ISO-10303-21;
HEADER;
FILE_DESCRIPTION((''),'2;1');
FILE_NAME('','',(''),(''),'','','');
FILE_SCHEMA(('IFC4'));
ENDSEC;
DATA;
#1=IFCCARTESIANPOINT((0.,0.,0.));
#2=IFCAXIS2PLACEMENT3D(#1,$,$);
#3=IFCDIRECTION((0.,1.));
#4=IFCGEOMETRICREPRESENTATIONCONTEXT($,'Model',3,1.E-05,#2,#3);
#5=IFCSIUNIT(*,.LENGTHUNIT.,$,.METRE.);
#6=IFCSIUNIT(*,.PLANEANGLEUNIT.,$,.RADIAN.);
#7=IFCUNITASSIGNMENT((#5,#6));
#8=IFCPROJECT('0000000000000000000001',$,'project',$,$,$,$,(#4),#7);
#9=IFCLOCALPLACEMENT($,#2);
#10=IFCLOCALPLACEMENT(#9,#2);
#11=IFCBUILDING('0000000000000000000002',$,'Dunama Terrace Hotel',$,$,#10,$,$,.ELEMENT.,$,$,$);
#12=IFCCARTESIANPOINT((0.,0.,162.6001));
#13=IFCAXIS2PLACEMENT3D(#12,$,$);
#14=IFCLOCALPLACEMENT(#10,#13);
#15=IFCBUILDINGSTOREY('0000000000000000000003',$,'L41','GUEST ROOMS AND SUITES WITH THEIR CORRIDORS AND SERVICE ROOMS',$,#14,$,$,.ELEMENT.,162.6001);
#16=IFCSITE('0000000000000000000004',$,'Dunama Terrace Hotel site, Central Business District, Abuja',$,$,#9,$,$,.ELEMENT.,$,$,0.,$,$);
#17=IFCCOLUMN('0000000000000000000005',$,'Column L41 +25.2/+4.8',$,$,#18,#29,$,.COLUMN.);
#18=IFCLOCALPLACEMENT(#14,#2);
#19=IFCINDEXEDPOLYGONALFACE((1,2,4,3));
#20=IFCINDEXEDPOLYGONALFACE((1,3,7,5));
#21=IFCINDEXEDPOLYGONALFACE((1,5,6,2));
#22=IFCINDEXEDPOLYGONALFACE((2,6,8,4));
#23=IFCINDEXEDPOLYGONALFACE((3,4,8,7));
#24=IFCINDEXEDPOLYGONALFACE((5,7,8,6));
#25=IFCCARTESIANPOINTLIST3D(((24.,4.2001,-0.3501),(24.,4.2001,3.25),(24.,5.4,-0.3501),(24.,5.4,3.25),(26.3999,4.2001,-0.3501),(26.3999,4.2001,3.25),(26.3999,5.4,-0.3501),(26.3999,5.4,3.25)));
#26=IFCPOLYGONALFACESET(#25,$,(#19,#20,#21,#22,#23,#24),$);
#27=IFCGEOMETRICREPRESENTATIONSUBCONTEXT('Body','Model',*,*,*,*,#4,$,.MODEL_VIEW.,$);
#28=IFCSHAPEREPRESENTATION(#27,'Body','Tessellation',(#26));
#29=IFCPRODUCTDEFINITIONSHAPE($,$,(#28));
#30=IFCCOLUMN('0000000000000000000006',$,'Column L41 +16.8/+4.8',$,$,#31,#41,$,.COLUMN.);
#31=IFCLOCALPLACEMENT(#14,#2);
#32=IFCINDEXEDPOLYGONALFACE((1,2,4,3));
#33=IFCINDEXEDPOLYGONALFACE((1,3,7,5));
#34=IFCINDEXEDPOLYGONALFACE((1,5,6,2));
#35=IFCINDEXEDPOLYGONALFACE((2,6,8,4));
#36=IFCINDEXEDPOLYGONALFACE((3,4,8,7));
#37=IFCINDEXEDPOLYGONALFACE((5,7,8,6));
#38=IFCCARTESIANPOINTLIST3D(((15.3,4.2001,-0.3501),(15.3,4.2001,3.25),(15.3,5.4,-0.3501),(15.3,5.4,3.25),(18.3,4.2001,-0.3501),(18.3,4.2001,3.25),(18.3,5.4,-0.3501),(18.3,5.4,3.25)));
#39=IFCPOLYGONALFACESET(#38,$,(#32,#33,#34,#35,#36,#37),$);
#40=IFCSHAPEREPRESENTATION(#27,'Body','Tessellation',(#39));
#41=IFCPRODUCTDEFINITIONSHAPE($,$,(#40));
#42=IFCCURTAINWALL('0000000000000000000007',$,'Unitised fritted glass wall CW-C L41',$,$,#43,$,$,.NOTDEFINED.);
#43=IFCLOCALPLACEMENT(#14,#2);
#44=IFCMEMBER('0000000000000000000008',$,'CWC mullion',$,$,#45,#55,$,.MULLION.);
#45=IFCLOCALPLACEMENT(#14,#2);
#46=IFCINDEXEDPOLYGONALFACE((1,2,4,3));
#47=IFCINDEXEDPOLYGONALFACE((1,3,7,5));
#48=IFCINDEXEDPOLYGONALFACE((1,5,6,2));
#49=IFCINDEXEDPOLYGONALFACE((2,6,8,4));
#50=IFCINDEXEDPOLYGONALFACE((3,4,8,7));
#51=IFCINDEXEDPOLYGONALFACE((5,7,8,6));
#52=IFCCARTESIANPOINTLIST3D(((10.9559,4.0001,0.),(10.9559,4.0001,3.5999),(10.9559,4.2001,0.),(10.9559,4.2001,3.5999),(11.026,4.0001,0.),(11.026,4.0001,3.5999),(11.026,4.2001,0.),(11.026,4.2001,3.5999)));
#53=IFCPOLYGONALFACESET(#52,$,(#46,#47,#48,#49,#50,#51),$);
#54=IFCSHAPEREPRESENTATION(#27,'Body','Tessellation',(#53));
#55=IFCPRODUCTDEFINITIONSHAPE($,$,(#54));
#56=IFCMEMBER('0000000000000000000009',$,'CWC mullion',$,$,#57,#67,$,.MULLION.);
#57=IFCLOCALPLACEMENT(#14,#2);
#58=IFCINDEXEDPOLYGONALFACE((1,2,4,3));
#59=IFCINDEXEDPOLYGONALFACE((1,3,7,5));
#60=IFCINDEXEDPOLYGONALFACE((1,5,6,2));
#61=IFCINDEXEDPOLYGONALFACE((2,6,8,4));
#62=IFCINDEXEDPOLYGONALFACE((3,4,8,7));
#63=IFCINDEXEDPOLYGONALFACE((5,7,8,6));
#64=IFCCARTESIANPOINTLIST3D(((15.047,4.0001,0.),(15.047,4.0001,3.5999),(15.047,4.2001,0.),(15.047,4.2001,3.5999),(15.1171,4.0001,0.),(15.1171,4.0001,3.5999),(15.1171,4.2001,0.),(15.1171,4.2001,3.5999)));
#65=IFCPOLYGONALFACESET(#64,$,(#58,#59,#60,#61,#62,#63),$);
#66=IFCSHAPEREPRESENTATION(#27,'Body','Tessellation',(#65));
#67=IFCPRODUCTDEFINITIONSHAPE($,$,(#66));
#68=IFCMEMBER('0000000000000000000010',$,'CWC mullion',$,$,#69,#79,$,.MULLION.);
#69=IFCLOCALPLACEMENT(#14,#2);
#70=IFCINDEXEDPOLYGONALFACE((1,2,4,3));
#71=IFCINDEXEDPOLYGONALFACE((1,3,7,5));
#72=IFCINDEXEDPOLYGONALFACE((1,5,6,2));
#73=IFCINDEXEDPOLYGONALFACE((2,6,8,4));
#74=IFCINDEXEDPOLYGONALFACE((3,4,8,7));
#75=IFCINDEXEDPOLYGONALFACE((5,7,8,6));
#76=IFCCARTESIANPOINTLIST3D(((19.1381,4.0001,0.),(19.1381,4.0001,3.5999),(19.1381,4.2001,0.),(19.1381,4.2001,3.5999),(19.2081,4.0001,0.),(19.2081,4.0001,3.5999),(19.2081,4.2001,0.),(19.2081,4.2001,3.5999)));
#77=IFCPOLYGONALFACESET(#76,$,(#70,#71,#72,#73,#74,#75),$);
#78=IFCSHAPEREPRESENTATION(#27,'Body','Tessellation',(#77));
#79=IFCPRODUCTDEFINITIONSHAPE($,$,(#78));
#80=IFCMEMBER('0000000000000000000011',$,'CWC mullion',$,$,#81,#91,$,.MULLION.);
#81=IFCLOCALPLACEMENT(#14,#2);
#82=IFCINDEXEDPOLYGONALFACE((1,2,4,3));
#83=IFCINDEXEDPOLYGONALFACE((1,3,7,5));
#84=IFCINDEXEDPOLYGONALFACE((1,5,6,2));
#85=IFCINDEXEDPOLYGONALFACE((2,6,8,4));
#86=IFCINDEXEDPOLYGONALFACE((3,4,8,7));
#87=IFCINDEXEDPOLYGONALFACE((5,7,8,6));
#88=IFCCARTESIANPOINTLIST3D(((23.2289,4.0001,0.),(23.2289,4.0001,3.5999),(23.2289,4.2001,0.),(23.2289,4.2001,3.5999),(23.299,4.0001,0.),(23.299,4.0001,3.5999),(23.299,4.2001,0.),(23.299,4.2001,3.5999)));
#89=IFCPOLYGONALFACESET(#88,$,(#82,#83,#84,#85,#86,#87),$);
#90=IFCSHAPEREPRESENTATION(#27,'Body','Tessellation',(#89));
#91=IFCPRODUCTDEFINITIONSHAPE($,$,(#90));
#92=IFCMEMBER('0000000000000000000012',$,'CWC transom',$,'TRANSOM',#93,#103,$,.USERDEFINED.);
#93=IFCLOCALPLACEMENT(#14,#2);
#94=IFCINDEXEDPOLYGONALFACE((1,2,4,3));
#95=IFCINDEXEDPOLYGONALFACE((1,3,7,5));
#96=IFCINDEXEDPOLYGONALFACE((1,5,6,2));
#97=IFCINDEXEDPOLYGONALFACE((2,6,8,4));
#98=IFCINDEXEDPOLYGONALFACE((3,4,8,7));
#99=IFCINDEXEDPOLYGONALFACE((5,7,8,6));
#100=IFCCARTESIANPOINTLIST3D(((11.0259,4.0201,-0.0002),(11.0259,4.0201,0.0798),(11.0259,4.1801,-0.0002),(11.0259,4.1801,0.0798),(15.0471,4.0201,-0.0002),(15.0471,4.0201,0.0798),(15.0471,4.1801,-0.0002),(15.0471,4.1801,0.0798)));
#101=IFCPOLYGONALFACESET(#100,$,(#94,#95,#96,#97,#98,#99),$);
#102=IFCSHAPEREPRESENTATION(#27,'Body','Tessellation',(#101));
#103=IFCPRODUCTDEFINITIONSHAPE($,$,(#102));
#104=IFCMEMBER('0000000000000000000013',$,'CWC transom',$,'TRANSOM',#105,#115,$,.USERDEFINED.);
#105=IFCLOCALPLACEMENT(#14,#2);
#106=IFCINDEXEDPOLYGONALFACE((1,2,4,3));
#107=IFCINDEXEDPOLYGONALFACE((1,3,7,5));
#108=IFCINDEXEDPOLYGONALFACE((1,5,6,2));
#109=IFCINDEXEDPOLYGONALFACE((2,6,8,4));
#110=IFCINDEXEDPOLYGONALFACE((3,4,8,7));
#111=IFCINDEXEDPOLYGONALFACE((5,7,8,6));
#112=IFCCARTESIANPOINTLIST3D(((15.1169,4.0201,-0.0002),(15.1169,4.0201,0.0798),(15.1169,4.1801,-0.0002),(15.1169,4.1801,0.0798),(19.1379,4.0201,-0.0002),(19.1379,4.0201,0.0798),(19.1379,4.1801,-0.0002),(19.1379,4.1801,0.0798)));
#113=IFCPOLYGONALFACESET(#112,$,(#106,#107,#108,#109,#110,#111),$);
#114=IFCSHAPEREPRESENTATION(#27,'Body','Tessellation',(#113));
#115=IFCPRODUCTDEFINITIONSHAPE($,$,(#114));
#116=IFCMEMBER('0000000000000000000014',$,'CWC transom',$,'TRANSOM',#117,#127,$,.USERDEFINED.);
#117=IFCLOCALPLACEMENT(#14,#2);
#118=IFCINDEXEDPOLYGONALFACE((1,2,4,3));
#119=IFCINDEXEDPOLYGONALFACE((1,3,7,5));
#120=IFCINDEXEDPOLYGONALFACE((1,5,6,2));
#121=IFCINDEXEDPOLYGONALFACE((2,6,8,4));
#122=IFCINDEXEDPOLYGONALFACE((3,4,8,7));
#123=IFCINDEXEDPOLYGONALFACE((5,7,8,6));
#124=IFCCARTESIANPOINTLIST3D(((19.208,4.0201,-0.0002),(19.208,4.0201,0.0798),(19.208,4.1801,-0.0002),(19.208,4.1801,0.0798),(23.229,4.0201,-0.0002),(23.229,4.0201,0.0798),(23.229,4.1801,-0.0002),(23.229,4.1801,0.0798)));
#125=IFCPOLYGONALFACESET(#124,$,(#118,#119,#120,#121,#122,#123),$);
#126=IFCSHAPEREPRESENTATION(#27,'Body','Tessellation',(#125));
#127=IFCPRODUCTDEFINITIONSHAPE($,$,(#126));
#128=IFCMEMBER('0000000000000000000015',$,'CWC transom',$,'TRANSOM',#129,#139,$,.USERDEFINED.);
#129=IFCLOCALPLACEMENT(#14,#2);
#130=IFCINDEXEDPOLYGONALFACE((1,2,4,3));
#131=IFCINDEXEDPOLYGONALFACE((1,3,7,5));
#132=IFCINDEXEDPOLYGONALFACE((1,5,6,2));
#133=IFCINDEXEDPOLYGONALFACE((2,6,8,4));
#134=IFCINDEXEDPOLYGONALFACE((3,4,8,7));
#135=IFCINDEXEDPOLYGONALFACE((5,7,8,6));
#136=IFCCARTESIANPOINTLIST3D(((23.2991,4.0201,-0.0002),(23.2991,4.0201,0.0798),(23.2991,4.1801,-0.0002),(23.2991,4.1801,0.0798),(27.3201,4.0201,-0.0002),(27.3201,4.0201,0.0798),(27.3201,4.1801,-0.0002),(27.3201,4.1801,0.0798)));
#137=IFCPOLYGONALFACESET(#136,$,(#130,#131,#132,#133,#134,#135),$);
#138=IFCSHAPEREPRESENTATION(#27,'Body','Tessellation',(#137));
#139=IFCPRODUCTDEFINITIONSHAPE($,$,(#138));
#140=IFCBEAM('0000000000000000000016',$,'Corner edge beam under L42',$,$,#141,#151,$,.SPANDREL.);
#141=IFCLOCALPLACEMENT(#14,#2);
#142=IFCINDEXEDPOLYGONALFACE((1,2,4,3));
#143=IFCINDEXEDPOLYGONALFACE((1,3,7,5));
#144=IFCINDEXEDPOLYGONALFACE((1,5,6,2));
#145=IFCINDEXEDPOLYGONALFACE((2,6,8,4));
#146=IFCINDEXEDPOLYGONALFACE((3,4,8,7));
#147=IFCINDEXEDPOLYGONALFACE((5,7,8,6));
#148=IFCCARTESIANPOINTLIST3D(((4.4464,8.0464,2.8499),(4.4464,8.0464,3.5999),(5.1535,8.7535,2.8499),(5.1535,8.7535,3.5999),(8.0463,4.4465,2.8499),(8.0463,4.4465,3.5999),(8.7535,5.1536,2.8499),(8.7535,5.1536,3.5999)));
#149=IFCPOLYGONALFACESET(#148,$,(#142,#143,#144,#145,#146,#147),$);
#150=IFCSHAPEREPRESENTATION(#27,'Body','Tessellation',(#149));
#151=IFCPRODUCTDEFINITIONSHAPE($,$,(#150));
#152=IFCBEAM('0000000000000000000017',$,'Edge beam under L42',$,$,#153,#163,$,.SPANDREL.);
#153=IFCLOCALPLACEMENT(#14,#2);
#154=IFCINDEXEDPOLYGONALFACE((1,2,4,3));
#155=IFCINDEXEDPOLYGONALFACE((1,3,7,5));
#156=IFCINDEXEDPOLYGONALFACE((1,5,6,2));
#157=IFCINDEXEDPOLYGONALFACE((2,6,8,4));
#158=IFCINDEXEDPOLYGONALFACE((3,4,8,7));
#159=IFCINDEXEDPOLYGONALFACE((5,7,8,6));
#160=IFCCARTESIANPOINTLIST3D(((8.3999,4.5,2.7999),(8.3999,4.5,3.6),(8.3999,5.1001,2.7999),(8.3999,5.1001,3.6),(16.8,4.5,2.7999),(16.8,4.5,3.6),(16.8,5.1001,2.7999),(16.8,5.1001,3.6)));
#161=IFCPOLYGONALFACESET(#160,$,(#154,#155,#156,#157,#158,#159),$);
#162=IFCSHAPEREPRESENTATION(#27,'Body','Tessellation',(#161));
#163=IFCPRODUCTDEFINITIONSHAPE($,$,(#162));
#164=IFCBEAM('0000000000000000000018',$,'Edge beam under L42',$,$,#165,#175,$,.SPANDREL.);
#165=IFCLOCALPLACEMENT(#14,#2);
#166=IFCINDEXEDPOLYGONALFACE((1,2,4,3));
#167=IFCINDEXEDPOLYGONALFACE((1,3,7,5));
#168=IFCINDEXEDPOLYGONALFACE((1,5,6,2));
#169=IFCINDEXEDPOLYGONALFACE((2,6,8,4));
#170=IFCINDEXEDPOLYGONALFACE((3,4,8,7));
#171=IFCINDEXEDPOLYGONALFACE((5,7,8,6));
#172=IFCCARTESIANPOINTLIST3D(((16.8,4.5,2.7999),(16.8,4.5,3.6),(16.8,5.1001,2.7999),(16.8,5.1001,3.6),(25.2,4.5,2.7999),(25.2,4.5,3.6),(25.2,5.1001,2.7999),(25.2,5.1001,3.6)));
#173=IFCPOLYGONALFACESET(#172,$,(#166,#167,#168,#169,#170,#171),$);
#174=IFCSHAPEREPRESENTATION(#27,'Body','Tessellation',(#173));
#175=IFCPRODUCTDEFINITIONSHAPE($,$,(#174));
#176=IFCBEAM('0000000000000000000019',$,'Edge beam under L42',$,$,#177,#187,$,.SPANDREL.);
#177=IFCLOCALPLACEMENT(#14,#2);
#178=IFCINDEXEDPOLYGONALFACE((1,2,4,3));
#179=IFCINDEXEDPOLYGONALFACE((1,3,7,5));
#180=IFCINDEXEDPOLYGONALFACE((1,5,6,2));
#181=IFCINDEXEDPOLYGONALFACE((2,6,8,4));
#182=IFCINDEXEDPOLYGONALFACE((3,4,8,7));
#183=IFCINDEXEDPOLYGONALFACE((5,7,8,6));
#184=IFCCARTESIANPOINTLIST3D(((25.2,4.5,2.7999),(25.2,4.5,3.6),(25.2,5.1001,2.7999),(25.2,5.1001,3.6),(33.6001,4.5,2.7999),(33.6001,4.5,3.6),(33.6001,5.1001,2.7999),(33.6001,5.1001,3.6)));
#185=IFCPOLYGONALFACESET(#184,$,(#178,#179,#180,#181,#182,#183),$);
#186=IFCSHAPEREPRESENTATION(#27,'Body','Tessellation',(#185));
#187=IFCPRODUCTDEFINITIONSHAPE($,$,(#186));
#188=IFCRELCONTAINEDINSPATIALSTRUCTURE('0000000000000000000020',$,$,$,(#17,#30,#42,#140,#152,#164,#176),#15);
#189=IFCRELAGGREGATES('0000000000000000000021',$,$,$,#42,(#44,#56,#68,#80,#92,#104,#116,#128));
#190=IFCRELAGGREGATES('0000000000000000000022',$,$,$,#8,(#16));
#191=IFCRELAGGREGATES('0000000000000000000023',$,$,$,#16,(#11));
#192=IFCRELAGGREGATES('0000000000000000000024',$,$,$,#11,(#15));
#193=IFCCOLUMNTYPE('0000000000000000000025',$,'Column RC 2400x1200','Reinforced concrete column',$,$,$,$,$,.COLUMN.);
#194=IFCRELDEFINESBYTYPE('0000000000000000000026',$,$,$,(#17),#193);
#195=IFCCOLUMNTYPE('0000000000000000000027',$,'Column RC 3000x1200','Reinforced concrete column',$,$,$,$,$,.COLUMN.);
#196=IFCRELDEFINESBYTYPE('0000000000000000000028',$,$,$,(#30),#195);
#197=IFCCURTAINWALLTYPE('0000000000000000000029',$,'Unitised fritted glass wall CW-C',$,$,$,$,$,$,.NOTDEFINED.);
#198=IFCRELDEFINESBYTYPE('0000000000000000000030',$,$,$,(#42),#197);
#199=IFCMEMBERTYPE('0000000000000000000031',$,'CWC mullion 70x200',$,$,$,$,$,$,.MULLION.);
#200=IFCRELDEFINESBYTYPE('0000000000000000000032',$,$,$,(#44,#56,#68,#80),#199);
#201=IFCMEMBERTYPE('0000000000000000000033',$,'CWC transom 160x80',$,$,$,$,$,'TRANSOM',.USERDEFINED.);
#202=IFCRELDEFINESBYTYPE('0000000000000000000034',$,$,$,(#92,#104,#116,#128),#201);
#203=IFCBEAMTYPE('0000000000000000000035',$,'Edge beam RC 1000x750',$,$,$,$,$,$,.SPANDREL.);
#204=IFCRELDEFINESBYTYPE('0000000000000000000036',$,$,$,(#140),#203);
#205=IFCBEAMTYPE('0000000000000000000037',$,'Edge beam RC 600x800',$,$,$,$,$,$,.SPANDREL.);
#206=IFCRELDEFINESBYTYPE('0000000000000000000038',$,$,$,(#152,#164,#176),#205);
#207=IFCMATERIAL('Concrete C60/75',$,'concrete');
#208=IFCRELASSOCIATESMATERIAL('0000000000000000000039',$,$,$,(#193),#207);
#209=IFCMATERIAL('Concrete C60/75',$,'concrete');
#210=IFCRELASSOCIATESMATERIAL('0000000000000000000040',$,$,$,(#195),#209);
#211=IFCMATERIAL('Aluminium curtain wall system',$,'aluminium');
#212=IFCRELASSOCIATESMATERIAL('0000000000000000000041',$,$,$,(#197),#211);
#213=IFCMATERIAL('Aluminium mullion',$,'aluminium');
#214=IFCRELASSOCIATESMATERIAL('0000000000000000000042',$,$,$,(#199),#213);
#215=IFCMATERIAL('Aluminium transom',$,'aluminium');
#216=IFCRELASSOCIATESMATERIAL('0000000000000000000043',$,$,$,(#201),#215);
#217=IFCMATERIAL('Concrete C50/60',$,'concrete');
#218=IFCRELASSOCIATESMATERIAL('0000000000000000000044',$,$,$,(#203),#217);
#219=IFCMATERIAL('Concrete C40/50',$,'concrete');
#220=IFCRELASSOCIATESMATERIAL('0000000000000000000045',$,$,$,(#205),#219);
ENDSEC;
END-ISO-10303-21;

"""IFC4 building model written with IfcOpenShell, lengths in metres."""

from ifc_helpers import new_model, si_unit, direction, frame, origin, origin_2d, place, context, subcontext, project, spatial, rectangle, extrude, material, material_profile, profile_set, type_object, element, aggregate, save


model = new_model("IFC4")

# Units and contexts
model_context = context("Model", 3, precision=1e-05, world=origin(), true_north=direction((0.0, 1.0)))
body_context = subcontext(model_context, "Body", "Model", "MODEL_VIEW")
ifc_project = project(units=[si_unit("LENGTHUNIT", "METRE"), si_unit("PLANEANGLEUNIT", "RADIAN")], contexts=[model_context])

# Site, building, storey
site_placement = place(None, origin())
site = spatial("IfcSite", under=ifc_project, at=site_placement, Name="Dunama Terrace Hotel site, Central Business District, Abuja", CompositionType="ELEMENT", RefElevation=0.0)
building_placement = place(site_placement, origin())
building = spatial("IfcBuilding", under=site, at=building_placement, Name="Dunama Terrace Hotel", CompositionType="ELEMENT")
storey_placement = place(building_placement, frame((0.0, 0.0, 162.6001)))
storey = spatial("IfcBuildingStorey", under=building, at=storey_placement, Name="L41", Description="GUEST ROOMS AND SUITES WITH THEIR CORRIDORS AND SERVICE ROOMS", CompositionType="ELEMENT", Elevation=162.6001)

# Columns
ifc_material_1 = material(Name="Concrete C60/75", Category="concrete")
ifc_material_profile_1 = material_profile(ifc_material_1, rectangle(XDim=2.3999, YDim=1.2, at=origin_2d()), Name="RC 2400x1200")
ifc_profile_set_1 = profile_set([ifc_material_profile_1], Name="Concrete C60/75")
column_type_1 = type_object("IfcColumnType", Name="Column RC 2400x1200", Description="Reinforced concrete column", PredefinedType="COLUMN", material=ifc_profile_set_1)
column_1_placement = place(storey_placement, frame((25.2, 4.8, -0.3501), z_axis=(0.0, 0.0, 1.0), x_axis=(1.0, 0.0, 0.0)))
element("IfcColumn", 1, at=column_1_placement, inside=storey, type_object=column_type_1, Name="Column L41 +25.2/+4.8", PredefinedType="COLUMN", context=body_context, shape_type="SweptSolid", body=[
    extrude(rectangle(XDim=2.3999, YDim=1.2, at=origin_2d()), origin(), (0.0, 0.0, 1.0), 3.6001),
])
ifc_material_2 = material(Name="Concrete C60/75", Category="concrete")
ifc_material_profile_2 = material_profile(ifc_material_2, rectangle(XDim=3.0, YDim=1.2, at=origin_2d()), Name="RC 3000x1200")
ifc_profile_set_2 = profile_set([ifc_material_profile_2], Name="Concrete C60/75")
column_type_2 = type_object("IfcColumnType", Name="Column RC 3000x1200", Description="Reinforced concrete column", PredefinedType="COLUMN", material=ifc_profile_set_2)
column_2_placement = place(storey_placement, frame((16.8, 4.8, -0.3501), z_axis=(0.0, 0.0, 1.0), x_axis=(1.0, 0.0, 0.0)))
element("IfcColumn", 2, at=column_2_placement, inside=storey, type_object=column_type_2, Name="Column L41 +16.8/+4.8", PredefinedType="COLUMN", context=body_context, shape_type="SweptSolid", body=[
    extrude(rectangle(XDim=3.0, YDim=1.2, at=origin_2d()), origin(), (0.0, 0.0, 1.0), 3.6001),
])

# Curtain wall, members
ifc_material_3 = material(Name="Aluminium curtain wall system", Category="aluminium")
curtain_wall_type = type_object("IfcCurtainWallType", Name="Unitised fritted glass wall CW-C", PredefinedType="NOTDEFINED", material=ifc_material_3)
curtain_wall_placement = place(storey_placement, origin())
curtain_wall = element("IfcCurtainWall", 3, at=curtain_wall_placement, inside=storey, type_object=curtain_wall_type, Name="Unitised fritted glass wall CW-C L41", PredefinedType="NOTDEFINED")
ifc_material_4 = material(Name="Aluminium mullion", Category="aluminium")
ifc_material_profile_3 = material_profile(ifc_material_4, rectangle(XDim=0.0701, YDim=0.2, at=origin_2d()), Name="CWC MULLION 70X200")
ifc_profile_set_3 = profile_set([ifc_material_profile_3], Name="Aluminium mullion")
member_type_1 = type_object("IfcMemberType", Name="CWC mullion 70x200", PredefinedType="MULLION", material=ifc_profile_set_3)
member_1_placement = place(storey_placement, frame((10.991, 4.1001, 0.0), z_axis=(0.0, 0.0, 1.0), x_axis=(1.0, 0.0, 0.0)))
member_1 = element("IfcMember", 4, at=member_1_placement, type_object=member_type_1, Name="CWC mullion", PredefinedType="MULLION", context=body_context, shape_type="SweptSolid", body=[
    extrude(rectangle(XDim=0.0701, YDim=0.2, at=origin_2d()), origin(), (0.0, 0.0, 1.0), 3.5999),
])
member_2_placement = place(storey_placement, frame((15.082, 4.1001, 0.0), z_axis=(0.0, 0.0, 1.0), x_axis=(1.0, 0.0, 0.0)))
member_2 = element("IfcMember", 5, at=member_2_placement, type_object=member_type_1, Name="CWC mullion", PredefinedType="MULLION", context=body_context, shape_type="SweptSolid", body=[
    extrude(rectangle(XDim=0.0701, YDim=0.2, at=origin_2d()), origin(), (0.0, 0.0, 1.0), 3.5999),
])
member_3_placement = place(storey_placement, frame((19.1731, 4.1001, 0.0), z_axis=(0.0, 0.0, 1.0), x_axis=(1.0, 0.0, 0.0)))
member_3 = element("IfcMember", 6, at=member_3_placement, type_object=member_type_1, Name="CWC mullion", PredefinedType="MULLION", context=body_context, shape_type="SweptSolid", body=[
    extrude(rectangle(XDim=0.0701, YDim=0.2, at=origin_2d()), origin(), (0.0, 0.0, 1.0), 3.5999),
])
member_4_placement = place(storey_placement, frame((23.2639, 4.1001, 0.0), z_axis=(0.0, 0.0, 1.0), x_axis=(1.0, 0.0, 0.0)))
member_4 = element("IfcMember", 7, at=member_4_placement, type_object=member_type_1, Name="CWC mullion", PredefinedType="MULLION", context=body_context, shape_type="SweptSolid", body=[
    extrude(rectangle(XDim=0.0701, YDim=0.2, at=origin_2d()), origin(), (0.0, 0.0, 1.0), 3.5999),
])
ifc_material_5 = material(Name="Aluminium transom", Category="aluminium")
ifc_material_profile_4 = material_profile(ifc_material_5, rectangle(XDim=0.1599, YDim=0.0801, at=origin_2d()), Name="CWC TRANSOM 160X80")
ifc_profile_set_4 = profile_set([ifc_material_profile_4], Name="Aluminium transom")
member_type_2 = type_object("IfcMemberType", Name="CWC transom 160x80", ElementType="TRANSOM", PredefinedType="USERDEFINED", material=ifc_profile_set_4)
member_5_placement = place(storey_placement, frame((11.0259, 4.1001, 0.0398), z_axis=(1.0, 0.0, 0.0), x_axis=(0.0, 1.0, 0.0)))
member_5 = element("IfcMember", 8, at=member_5_placement, type_object=member_type_2, Name="CWC transom", ObjectType="TRANSOM", PredefinedType="USERDEFINED", context=body_context, shape_type="SweptSolid", body=[
    extrude(rectangle(XDim=0.1599, YDim=0.0801, at=origin_2d()), origin(), (0.0, 0.0, 1.0), 4.0212),
])
member_6_placement = place(storey_placement, frame((15.1169, 4.1001, 0.0398), z_axis=(1.0, 0.0, 0.0), x_axis=(0.0, 1.0, 0.0)))
member_6 = element("IfcMember", 9, at=member_6_placement, type_object=member_type_2, Name="CWC transom", ObjectType="TRANSOM", PredefinedType="USERDEFINED", context=body_context, shape_type="SweptSolid", body=[
    extrude(rectangle(XDim=0.1599, YDim=0.0801, at=origin_2d()), origin(), (0.0, 0.0, 1.0), 4.021),
])
member_7_placement = place(storey_placement, frame((19.208, 4.1001, 0.0398), z_axis=(1.0, 0.0, 0.0), x_axis=(0.0, 1.0, 0.0)))
member_7 = element("IfcMember", 10, at=member_7_placement, type_object=member_type_2, Name="CWC transom", ObjectType="TRANSOM", PredefinedType="USERDEFINED", context=body_context, shape_type="SweptSolid", body=[
    extrude(rectangle(XDim=0.1599, YDim=0.0801, at=origin_2d()), origin(), (0.0, 0.0, 1.0), 4.021),
])
member_8_placement = place(storey_placement, frame((23.2991, 4.1001, 0.0398), z_axis=(1.0, 0.0, 0.0), x_axis=(0.0, 1.0, 0.0)))
member_8 = element("IfcMember", 11, at=member_8_placement, type_object=member_type_2, Name="CWC transom", ObjectType="TRANSOM", PredefinedType="USERDEFINED", context=body_context, shape_type="SweptSolid", body=[
    extrude(rectangle(XDim=0.1599, YDim=0.0801, at=origin_2d()), origin(), (0.0, 0.0, 1.0), 4.021),
])

# Beams
ifc_material_6 = material(Name="Concrete C50/60", Category="concrete")
ifc_material_profile_5 = material_profile(ifc_material_6, rectangle(XDim=1.0, YDim=0.75, at=origin_2d()), Name="RC 1000x750")
ifc_profile_set_5 = profile_set([ifc_material_profile_5], Name="Concrete C50/60")
beam_type_1 = type_object("IfcBeamType", Name="Edge beam RC 1000x750", PredefinedType="SPANDREL", material=ifc_profile_set_5)
beam_1_placement = place(storey_placement, frame((8.3999, 4.8, 3.2249), z_axis=(-0.707107, 0.707107, 0.0), x_axis=(-0.707107, -0.707107, 0.0)))
element("IfcBeam", 12, at=beam_1_placement, inside=storey, type_object=beam_type_1, Name="Corner edge beam under L42", PredefinedType="SPANDREL", context=body_context, shape_type="SweptSolid", body=[
    extrude(rectangle(XDim=1.0, YDim=0.75, at=origin_2d()), origin(), (0.0, 0.0, 1.0), 5.0911),
])
ifc_material_7 = material(Name="Concrete C40/50", Category="concrete")
ifc_material_profile_6 = material_profile(ifc_material_7, rectangle(XDim=0.6001, YDim=0.8, at=origin_2d()), Name="RC 600x800")
ifc_profile_set_6 = profile_set([ifc_material_profile_6], Name="Concrete C40/50")
beam_type_2 = type_object("IfcBeamType", Name="Edge beam RC 600x800", PredefinedType="SPANDREL", material=ifc_profile_set_6)
beam_2_placement = place(storey_placement, frame((8.3999, 4.8, 3.2), z_axis=(1.0, 0.0, 0.0), x_axis=(0.0, 1.0, 0.0)))
element("IfcBeam", 13, at=beam_2_placement, inside=storey, type_object=beam_type_2, Name="Edge beam under L42", PredefinedType="SPANDREL", context=body_context, shape_type="SweptSolid", body=[
    extrude(rectangle(XDim=0.6001, YDim=0.8, at=origin_2d()), origin(), (0.0, 0.0, 1.0), 8.4001),
])
beam_3_placement = place(storey_placement, frame((16.8, 4.8, 3.2), z_axis=(1.0, 0.0, 0.0), x_axis=(0.0, 1.0, 0.0)))
element("IfcBeam", 14, at=beam_3_placement, inside=storey, type_object=beam_type_2, Name="Edge beam under L42", PredefinedType="SPANDREL", context=body_context, shape_type="SweptSolid", body=[
    extrude(rectangle(XDim=0.6001, YDim=0.8, at=origin_2d()), origin(), (0.0, 0.0, 1.0), 8.3999),
])
beam_4_placement = place(storey_placement, frame((25.2, 4.8, 3.2), z_axis=(1.0, 0.0, 0.0), x_axis=(0.0, 1.0, 0.0)))
element("IfcBeam", 15, at=beam_4_placement, inside=storey, type_object=beam_type_2, Name="Edge beam under L42", PredefinedType="SPANDREL", context=body_context, shape_type="SweptSolid", body=[
    extrude(rectangle(XDim=0.6001, YDim=0.8, at=origin_2d()), origin(), (0.0, 0.0, 1.0), 8.4001),
])

aggregate(curtain_wall, [member_1, member_2, member_3, member_4, member_5, member_6, member_7, member_8])

save(model, "model.ifc")
